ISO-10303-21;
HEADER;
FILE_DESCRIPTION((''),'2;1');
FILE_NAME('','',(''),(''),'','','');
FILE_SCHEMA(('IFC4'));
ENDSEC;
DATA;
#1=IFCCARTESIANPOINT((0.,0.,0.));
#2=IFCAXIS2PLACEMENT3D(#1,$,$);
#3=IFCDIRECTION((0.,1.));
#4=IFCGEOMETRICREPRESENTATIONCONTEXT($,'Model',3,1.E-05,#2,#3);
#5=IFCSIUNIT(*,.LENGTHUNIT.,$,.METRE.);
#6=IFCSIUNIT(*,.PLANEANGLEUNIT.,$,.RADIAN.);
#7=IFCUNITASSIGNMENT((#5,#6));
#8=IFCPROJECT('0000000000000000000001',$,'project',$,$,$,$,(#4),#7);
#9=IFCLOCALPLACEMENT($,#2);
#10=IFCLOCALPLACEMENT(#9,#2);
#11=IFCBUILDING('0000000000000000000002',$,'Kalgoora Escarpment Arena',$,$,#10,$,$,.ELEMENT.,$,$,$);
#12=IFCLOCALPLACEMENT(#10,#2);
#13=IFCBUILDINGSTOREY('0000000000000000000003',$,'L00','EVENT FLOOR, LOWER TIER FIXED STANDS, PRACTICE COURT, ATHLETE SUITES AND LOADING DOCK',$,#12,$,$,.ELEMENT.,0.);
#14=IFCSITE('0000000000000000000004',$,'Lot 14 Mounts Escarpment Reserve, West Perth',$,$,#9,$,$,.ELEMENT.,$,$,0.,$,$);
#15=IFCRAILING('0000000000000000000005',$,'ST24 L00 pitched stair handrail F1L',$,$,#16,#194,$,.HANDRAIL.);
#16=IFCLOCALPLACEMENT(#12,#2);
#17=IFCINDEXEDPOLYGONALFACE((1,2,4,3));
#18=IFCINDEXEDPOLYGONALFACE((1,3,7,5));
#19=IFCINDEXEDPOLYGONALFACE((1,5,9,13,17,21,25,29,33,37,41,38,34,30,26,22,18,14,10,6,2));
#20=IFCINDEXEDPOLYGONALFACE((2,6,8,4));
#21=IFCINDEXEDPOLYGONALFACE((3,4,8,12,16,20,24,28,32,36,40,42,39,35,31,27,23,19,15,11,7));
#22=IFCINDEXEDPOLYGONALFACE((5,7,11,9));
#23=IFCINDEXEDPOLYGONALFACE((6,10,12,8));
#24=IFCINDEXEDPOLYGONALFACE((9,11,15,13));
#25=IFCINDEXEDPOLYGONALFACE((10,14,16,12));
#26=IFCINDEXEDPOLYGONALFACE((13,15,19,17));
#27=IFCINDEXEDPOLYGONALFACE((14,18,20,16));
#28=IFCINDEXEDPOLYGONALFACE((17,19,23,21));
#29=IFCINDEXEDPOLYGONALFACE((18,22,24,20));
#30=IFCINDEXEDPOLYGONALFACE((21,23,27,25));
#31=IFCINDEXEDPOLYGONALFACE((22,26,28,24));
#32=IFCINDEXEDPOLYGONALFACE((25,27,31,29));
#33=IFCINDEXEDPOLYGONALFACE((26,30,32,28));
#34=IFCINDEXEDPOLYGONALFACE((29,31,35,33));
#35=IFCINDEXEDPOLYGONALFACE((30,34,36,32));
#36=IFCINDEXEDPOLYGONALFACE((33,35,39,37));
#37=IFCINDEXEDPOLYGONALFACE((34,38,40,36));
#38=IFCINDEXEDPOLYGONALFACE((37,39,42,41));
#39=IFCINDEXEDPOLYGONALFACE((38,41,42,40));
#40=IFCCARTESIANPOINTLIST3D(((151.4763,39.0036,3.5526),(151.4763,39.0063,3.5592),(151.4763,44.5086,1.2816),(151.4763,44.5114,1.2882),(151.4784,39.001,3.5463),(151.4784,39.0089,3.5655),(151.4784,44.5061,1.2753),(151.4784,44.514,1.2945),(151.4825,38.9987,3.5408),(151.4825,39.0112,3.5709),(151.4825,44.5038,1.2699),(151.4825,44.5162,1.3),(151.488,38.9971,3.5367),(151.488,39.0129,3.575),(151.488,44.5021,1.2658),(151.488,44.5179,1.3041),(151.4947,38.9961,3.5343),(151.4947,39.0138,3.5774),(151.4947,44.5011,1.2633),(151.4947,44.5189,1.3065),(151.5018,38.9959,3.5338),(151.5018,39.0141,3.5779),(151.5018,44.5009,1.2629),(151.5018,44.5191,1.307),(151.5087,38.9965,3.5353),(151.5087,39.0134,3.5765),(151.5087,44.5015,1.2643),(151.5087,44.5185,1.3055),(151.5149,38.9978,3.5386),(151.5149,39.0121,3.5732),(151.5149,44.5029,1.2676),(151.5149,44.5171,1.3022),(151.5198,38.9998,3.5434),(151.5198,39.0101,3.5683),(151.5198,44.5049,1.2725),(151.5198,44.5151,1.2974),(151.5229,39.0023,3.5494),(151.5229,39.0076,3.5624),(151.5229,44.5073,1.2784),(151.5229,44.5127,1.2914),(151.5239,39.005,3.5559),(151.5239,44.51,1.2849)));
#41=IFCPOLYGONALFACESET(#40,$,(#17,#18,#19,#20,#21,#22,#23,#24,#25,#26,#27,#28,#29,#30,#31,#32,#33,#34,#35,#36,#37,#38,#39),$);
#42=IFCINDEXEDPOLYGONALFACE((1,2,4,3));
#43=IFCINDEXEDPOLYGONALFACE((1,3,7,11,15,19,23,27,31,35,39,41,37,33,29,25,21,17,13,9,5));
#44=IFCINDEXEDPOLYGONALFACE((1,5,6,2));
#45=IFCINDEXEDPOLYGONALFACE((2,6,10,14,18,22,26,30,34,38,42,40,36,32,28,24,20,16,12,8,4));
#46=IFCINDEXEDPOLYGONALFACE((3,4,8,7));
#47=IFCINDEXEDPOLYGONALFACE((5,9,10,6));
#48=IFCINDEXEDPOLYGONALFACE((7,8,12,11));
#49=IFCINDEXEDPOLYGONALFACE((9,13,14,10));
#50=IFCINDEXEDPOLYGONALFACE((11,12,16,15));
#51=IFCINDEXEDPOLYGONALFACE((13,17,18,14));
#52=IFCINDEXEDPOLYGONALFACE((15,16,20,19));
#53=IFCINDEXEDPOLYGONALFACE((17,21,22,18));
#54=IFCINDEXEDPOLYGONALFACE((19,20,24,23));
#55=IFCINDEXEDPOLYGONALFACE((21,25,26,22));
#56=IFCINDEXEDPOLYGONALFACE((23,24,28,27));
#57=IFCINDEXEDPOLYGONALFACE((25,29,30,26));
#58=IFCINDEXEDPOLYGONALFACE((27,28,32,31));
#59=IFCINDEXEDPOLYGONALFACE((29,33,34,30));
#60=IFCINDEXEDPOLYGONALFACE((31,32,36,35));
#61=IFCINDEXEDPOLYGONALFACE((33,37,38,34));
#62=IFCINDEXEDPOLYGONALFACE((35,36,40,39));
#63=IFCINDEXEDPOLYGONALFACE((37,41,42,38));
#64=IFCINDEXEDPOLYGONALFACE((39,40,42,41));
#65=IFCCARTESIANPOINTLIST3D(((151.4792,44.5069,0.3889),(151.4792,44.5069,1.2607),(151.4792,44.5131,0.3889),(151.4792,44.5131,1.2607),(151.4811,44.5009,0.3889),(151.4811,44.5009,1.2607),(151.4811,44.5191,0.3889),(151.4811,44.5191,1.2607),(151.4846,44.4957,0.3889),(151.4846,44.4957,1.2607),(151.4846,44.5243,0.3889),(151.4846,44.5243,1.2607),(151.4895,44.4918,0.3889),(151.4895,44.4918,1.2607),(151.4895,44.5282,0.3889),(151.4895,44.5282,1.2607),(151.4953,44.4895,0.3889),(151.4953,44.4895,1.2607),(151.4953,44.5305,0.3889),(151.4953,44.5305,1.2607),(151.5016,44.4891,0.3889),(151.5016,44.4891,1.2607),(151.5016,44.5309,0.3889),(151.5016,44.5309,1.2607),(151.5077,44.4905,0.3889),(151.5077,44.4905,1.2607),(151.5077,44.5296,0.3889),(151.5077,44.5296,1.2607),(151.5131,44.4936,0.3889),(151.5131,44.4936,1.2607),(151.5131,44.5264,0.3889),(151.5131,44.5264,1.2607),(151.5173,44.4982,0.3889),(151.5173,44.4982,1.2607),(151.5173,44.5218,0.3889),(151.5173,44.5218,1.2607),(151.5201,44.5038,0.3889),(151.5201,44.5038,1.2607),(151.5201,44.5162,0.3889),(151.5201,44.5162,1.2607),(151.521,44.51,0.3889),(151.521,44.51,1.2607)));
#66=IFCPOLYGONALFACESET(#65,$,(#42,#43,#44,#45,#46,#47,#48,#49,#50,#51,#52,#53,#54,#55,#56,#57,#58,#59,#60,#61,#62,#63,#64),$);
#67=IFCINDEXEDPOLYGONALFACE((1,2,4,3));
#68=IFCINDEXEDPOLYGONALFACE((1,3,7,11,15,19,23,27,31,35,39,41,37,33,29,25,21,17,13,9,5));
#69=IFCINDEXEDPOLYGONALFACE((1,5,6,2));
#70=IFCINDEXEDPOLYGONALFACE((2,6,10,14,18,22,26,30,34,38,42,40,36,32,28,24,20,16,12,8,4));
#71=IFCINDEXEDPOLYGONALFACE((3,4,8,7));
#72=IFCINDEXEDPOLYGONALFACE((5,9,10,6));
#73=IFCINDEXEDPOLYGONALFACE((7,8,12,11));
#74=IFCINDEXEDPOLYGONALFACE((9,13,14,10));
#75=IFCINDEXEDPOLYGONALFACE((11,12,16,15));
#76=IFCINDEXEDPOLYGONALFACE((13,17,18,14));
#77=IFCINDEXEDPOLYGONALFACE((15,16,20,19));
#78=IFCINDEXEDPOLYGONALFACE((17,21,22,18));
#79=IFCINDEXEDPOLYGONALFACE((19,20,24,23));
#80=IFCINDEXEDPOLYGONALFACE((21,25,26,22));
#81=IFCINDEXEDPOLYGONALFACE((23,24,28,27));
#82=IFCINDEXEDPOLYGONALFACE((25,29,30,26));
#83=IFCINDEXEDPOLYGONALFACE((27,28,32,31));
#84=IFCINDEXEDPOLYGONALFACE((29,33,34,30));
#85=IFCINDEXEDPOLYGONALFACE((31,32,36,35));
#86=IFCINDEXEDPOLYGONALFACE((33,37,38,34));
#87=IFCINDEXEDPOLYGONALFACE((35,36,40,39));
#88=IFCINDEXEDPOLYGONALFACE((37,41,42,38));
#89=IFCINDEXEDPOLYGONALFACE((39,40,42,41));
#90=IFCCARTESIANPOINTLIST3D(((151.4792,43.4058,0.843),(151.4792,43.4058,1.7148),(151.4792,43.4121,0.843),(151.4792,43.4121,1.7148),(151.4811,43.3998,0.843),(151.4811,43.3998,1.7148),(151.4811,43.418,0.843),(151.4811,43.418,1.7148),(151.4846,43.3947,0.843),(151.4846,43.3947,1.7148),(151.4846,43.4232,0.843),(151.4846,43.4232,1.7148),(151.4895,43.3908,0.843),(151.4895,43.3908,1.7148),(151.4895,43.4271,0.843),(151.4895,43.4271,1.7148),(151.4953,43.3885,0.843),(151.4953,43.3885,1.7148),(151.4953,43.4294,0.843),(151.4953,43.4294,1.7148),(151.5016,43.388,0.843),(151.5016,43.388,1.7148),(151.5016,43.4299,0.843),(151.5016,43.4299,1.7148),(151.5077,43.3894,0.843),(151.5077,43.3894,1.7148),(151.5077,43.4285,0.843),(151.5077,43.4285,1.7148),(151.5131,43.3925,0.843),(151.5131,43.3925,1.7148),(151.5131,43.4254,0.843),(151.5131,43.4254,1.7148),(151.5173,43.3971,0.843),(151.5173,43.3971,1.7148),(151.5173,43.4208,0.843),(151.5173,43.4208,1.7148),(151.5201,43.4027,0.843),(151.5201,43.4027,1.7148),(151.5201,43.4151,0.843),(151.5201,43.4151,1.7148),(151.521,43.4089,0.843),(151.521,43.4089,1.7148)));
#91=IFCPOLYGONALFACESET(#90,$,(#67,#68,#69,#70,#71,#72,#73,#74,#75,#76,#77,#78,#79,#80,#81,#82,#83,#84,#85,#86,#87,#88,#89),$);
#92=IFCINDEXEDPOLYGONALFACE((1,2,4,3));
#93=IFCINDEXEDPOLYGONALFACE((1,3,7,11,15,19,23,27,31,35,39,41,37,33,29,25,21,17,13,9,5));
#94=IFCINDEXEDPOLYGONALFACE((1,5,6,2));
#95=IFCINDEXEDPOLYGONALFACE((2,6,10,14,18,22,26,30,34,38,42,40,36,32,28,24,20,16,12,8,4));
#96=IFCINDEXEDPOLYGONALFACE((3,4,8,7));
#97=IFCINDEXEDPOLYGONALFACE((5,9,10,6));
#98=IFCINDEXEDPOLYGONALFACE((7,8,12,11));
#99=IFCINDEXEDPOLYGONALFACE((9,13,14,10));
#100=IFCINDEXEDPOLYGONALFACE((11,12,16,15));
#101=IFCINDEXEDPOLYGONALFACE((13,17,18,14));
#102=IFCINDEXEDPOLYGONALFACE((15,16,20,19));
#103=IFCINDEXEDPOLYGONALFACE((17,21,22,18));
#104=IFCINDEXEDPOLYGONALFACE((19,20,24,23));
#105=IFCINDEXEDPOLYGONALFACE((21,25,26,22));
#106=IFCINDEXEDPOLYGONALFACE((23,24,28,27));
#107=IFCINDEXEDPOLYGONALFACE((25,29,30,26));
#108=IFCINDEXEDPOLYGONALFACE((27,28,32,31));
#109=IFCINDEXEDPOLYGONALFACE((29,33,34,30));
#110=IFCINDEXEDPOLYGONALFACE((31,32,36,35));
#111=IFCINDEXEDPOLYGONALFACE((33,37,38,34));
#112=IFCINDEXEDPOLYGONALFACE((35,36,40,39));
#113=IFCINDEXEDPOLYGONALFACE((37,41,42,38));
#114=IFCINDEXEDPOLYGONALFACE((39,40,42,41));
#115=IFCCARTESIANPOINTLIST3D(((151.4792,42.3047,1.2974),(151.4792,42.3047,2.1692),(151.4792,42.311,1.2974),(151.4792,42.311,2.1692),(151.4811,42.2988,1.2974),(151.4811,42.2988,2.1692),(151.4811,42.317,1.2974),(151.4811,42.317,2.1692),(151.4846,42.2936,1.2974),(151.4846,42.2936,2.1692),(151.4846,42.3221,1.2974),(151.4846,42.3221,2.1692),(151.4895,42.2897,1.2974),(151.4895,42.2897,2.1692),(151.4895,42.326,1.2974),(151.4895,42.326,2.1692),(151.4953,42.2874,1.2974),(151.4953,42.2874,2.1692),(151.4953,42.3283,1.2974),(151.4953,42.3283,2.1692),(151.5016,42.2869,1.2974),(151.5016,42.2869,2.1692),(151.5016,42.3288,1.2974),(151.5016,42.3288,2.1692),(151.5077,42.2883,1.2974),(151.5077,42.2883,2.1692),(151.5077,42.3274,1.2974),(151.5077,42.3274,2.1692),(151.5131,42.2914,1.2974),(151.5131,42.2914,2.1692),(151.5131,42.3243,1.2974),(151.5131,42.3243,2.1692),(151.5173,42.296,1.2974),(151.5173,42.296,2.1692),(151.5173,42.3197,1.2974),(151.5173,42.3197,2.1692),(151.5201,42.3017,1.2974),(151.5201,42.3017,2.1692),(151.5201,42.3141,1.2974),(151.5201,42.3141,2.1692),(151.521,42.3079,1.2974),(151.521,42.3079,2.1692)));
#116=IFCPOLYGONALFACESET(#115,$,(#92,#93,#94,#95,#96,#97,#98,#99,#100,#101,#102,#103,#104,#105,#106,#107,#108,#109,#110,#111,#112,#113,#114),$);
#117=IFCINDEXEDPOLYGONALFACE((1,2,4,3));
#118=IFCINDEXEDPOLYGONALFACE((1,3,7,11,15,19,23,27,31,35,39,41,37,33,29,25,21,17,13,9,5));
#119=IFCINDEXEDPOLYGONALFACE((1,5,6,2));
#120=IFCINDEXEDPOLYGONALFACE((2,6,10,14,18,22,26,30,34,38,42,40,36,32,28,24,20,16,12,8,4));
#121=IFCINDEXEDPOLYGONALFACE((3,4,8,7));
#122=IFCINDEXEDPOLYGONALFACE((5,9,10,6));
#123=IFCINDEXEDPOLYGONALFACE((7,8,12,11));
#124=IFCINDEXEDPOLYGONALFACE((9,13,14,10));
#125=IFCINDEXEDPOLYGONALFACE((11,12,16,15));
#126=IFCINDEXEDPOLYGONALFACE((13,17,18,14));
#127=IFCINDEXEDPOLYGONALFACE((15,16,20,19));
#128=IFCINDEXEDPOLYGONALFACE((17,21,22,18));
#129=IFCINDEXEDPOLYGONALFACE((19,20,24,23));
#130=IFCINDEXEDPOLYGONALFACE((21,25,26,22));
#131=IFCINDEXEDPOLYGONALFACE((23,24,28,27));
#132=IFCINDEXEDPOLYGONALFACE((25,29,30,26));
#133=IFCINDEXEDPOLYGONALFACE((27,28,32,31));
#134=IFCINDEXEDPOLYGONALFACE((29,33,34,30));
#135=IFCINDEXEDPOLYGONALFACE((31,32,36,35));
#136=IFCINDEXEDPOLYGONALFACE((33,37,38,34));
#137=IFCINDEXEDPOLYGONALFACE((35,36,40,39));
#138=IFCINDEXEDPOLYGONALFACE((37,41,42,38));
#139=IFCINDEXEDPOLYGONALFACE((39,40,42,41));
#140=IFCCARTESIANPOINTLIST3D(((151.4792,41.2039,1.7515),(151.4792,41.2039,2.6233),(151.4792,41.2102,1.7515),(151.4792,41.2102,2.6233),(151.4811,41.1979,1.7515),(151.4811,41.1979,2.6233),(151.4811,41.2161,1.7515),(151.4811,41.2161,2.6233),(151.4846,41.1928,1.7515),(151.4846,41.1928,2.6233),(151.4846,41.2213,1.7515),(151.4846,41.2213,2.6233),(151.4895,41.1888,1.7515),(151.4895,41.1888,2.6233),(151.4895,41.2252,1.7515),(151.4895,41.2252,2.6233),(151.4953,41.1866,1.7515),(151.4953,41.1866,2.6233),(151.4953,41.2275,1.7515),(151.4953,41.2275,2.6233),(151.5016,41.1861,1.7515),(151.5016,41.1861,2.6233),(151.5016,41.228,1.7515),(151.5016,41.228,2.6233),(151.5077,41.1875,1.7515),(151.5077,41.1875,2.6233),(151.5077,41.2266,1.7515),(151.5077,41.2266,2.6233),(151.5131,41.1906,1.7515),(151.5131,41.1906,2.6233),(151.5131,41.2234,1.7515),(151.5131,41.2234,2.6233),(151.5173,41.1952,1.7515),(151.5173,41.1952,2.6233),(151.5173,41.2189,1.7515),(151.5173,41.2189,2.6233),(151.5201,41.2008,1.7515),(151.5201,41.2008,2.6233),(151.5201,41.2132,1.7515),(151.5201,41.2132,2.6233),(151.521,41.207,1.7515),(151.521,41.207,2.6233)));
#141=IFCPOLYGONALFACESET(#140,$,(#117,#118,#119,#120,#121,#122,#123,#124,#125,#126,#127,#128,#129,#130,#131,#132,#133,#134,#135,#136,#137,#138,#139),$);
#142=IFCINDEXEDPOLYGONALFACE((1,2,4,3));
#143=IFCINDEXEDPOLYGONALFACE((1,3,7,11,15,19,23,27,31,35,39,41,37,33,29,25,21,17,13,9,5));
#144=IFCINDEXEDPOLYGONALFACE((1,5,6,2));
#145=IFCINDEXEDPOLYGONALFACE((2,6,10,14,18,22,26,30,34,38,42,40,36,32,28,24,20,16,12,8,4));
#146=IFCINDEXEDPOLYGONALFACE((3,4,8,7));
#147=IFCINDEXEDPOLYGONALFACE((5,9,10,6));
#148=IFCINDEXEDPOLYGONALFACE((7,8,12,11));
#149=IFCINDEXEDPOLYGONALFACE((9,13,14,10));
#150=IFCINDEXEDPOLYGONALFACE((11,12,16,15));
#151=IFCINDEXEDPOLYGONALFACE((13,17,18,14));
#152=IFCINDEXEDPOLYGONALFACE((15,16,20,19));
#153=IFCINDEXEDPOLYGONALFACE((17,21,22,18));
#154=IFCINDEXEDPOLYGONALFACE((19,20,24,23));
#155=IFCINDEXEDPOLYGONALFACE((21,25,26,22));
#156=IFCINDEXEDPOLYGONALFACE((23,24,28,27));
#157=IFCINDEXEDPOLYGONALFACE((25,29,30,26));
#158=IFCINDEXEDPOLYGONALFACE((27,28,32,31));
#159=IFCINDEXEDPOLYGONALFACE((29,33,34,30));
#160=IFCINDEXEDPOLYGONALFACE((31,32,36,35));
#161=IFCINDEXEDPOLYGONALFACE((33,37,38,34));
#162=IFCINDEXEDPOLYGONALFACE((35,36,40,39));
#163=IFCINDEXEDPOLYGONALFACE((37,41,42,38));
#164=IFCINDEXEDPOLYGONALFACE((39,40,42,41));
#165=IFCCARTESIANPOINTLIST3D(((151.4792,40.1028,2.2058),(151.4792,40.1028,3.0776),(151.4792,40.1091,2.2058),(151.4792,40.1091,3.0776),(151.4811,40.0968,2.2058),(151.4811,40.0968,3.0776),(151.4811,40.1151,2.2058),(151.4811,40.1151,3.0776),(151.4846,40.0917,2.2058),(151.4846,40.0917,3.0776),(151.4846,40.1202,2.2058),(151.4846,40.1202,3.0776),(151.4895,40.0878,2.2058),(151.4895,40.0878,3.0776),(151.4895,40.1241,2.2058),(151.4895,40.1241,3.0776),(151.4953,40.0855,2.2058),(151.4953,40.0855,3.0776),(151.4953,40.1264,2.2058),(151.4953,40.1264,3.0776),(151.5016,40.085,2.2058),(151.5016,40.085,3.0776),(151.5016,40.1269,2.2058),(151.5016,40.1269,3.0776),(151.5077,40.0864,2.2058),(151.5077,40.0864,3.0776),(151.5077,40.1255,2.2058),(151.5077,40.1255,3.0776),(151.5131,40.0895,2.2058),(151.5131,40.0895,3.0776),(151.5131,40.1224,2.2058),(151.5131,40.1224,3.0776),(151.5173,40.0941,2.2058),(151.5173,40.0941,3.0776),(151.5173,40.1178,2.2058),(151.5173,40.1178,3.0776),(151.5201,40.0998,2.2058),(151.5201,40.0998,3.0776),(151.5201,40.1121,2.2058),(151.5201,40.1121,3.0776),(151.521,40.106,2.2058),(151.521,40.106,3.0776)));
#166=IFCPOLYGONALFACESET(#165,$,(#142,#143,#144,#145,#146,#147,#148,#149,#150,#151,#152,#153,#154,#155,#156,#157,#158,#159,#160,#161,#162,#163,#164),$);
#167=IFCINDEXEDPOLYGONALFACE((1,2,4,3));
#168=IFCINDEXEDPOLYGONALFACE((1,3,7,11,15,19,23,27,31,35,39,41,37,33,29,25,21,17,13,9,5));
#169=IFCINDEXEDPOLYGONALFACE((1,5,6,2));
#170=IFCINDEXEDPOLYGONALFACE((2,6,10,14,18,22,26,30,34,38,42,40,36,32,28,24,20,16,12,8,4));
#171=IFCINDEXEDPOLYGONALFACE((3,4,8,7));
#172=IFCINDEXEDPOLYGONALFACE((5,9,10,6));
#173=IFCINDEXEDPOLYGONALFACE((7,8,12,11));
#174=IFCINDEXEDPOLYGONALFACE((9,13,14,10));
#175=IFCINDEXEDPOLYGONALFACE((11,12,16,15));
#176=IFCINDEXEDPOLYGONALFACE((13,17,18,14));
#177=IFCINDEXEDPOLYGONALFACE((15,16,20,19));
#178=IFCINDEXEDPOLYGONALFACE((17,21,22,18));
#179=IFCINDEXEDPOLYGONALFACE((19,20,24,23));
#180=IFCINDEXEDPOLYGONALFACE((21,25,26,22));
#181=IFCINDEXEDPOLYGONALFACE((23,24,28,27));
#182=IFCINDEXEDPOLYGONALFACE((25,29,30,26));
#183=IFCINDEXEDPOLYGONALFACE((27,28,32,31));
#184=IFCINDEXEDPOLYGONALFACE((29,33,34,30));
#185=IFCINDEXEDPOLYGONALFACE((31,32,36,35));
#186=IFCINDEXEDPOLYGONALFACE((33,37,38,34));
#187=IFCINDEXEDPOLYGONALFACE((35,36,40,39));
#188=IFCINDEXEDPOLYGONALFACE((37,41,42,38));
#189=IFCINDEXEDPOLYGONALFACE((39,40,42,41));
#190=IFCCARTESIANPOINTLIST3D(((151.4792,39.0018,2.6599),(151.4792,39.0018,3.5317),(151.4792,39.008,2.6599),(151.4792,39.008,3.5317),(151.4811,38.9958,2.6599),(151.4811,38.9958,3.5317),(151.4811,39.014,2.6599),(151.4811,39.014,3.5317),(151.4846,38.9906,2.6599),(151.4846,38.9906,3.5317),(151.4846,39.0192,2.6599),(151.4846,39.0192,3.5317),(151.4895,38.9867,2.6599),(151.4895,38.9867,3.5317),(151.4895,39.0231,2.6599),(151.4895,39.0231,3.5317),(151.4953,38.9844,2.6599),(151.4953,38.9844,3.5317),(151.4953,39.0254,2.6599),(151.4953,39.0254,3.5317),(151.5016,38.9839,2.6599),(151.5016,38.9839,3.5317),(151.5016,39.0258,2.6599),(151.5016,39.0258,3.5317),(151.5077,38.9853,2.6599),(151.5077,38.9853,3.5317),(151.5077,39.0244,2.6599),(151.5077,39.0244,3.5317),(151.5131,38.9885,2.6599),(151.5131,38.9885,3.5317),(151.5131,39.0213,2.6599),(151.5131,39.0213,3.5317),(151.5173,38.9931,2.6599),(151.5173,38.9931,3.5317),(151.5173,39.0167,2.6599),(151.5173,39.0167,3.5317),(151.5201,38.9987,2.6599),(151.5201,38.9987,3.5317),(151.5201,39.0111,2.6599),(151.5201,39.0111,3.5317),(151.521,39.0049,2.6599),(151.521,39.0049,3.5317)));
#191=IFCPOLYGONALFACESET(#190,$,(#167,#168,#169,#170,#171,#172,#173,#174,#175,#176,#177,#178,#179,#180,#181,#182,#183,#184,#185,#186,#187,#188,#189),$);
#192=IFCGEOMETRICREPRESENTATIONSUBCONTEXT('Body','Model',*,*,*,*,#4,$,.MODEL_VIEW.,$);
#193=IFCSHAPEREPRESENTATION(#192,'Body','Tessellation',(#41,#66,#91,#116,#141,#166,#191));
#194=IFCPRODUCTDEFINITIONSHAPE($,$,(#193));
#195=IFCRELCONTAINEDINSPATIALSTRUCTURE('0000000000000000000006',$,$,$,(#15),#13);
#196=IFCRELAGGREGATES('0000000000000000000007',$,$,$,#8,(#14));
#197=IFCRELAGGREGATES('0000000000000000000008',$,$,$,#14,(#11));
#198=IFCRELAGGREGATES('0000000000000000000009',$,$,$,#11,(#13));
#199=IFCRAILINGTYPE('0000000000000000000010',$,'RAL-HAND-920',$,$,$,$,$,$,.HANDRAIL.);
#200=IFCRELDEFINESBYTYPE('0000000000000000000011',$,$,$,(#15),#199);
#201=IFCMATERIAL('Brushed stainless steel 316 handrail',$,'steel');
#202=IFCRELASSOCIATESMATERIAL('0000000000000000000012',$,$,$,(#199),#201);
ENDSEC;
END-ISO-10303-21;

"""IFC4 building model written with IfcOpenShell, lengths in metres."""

from ifc_helpers import new_model, si_unit, direction, frame, origin, origin_2d, place, context, subcontext, project, spatial, circle, extrude, material, type_object, element, save


model = new_model("IFC4")

# Units and contexts
model_context = context("Model", 3, precision=1e-05, world=origin(), true_north=direction((0.0, 1.0)))
body_context = subcontext(model_context, "Body", "Model", "MODEL_VIEW")
ifc_project = project(units=[si_unit("LENGTHUNIT", "METRE"), si_unit("PLANEANGLEUNIT", "RADIAN")], contexts=[model_context])

# Site, building, storey
site_placement = place(None, origin())
site = spatial("IfcSite", under=ifc_project, at=site_placement, Name="Lot 14 Mounts Escarpment Reserve, West Perth", CompositionType="ELEMENT", RefElevation=0.0)
building_placement = place(site_placement, origin())
building = spatial("IfcBuilding", under=site, at=building_placement, Name="Kalgoora Escarpment Arena", CompositionType="ELEMENT")
storey_placement = place(building_placement, origin())
storey = spatial("IfcBuildingStorey", under=building, at=storey_placement, Name="L00", Description="EVENT FLOOR, LOWER TIER FIXED STANDS, PRACTICE COURT, ATHLETE SUITES AND LOADING DOCK", CompositionType="ELEMENT", Elevation=0.0)

# Railing
ifc_material_1 = material(Name="Brushed stainless steel 316 handrail", Category="steel")
railing_type_1 = type_object("IfcRailingType", Name="RAL-HAND-920", PredefinedType="HANDRAIL", material=ifc_material_1)
for number, where, name in (
    (1, (151.5, 44.51, 0.3889), "ST24 L00 pitched stair handrail F1L"),
):
    element("IfcRailing", number, at=place(storey_placement, frame(where)), inside=storey, type_object=railing_type_1, Name=name, PredefinedType="HANDRAIL", context=body_context, shape_type="SweptSolid", body=[
        extrude(circle(Radius=0.0239, at=origin_2d()), frame((0.0, 0.0, 0.896), z_axis=(0.0, -0.924431, 0.38135), x_axis=(1.0, 0.0, 0.0)), (0.0, 0.0, 1.0), 5.9551),
        extrude(circle(Radius=0.021, at=origin_2d()), origin(), (0.0, 0.0, 1.0), 0.8718),
        extrude(circle(Radius=0.021, at=origin_2d()), frame((0.0, -1.1011, 0.4541)), (0.0, 0.0, 1.0), 0.8718),
        extrude(circle(Radius=0.021, at=origin_2d()), frame((0.0, -2.2021, 0.9084)), (0.0, 0.0, 1.0), 0.8718),
        extrude(circle(Radius=0.021, at=origin_2d()), frame((0.0, -3.303, 1.3625)), (0.0, 0.0, 1.0), 0.8718),
        extrude(circle(Radius=0.021, at=origin_2d()), frame((0.0, -4.4041, 1.8169)), (0.0, 0.0, 1.0), 0.8718),
        extrude(circle(Radius=0.021, at=origin_2d()), frame((0.0, -5.5051, 2.271)), (0.0, 0.0, 1.0), 0.8718),
    ])

save(model, "model.ifc")
